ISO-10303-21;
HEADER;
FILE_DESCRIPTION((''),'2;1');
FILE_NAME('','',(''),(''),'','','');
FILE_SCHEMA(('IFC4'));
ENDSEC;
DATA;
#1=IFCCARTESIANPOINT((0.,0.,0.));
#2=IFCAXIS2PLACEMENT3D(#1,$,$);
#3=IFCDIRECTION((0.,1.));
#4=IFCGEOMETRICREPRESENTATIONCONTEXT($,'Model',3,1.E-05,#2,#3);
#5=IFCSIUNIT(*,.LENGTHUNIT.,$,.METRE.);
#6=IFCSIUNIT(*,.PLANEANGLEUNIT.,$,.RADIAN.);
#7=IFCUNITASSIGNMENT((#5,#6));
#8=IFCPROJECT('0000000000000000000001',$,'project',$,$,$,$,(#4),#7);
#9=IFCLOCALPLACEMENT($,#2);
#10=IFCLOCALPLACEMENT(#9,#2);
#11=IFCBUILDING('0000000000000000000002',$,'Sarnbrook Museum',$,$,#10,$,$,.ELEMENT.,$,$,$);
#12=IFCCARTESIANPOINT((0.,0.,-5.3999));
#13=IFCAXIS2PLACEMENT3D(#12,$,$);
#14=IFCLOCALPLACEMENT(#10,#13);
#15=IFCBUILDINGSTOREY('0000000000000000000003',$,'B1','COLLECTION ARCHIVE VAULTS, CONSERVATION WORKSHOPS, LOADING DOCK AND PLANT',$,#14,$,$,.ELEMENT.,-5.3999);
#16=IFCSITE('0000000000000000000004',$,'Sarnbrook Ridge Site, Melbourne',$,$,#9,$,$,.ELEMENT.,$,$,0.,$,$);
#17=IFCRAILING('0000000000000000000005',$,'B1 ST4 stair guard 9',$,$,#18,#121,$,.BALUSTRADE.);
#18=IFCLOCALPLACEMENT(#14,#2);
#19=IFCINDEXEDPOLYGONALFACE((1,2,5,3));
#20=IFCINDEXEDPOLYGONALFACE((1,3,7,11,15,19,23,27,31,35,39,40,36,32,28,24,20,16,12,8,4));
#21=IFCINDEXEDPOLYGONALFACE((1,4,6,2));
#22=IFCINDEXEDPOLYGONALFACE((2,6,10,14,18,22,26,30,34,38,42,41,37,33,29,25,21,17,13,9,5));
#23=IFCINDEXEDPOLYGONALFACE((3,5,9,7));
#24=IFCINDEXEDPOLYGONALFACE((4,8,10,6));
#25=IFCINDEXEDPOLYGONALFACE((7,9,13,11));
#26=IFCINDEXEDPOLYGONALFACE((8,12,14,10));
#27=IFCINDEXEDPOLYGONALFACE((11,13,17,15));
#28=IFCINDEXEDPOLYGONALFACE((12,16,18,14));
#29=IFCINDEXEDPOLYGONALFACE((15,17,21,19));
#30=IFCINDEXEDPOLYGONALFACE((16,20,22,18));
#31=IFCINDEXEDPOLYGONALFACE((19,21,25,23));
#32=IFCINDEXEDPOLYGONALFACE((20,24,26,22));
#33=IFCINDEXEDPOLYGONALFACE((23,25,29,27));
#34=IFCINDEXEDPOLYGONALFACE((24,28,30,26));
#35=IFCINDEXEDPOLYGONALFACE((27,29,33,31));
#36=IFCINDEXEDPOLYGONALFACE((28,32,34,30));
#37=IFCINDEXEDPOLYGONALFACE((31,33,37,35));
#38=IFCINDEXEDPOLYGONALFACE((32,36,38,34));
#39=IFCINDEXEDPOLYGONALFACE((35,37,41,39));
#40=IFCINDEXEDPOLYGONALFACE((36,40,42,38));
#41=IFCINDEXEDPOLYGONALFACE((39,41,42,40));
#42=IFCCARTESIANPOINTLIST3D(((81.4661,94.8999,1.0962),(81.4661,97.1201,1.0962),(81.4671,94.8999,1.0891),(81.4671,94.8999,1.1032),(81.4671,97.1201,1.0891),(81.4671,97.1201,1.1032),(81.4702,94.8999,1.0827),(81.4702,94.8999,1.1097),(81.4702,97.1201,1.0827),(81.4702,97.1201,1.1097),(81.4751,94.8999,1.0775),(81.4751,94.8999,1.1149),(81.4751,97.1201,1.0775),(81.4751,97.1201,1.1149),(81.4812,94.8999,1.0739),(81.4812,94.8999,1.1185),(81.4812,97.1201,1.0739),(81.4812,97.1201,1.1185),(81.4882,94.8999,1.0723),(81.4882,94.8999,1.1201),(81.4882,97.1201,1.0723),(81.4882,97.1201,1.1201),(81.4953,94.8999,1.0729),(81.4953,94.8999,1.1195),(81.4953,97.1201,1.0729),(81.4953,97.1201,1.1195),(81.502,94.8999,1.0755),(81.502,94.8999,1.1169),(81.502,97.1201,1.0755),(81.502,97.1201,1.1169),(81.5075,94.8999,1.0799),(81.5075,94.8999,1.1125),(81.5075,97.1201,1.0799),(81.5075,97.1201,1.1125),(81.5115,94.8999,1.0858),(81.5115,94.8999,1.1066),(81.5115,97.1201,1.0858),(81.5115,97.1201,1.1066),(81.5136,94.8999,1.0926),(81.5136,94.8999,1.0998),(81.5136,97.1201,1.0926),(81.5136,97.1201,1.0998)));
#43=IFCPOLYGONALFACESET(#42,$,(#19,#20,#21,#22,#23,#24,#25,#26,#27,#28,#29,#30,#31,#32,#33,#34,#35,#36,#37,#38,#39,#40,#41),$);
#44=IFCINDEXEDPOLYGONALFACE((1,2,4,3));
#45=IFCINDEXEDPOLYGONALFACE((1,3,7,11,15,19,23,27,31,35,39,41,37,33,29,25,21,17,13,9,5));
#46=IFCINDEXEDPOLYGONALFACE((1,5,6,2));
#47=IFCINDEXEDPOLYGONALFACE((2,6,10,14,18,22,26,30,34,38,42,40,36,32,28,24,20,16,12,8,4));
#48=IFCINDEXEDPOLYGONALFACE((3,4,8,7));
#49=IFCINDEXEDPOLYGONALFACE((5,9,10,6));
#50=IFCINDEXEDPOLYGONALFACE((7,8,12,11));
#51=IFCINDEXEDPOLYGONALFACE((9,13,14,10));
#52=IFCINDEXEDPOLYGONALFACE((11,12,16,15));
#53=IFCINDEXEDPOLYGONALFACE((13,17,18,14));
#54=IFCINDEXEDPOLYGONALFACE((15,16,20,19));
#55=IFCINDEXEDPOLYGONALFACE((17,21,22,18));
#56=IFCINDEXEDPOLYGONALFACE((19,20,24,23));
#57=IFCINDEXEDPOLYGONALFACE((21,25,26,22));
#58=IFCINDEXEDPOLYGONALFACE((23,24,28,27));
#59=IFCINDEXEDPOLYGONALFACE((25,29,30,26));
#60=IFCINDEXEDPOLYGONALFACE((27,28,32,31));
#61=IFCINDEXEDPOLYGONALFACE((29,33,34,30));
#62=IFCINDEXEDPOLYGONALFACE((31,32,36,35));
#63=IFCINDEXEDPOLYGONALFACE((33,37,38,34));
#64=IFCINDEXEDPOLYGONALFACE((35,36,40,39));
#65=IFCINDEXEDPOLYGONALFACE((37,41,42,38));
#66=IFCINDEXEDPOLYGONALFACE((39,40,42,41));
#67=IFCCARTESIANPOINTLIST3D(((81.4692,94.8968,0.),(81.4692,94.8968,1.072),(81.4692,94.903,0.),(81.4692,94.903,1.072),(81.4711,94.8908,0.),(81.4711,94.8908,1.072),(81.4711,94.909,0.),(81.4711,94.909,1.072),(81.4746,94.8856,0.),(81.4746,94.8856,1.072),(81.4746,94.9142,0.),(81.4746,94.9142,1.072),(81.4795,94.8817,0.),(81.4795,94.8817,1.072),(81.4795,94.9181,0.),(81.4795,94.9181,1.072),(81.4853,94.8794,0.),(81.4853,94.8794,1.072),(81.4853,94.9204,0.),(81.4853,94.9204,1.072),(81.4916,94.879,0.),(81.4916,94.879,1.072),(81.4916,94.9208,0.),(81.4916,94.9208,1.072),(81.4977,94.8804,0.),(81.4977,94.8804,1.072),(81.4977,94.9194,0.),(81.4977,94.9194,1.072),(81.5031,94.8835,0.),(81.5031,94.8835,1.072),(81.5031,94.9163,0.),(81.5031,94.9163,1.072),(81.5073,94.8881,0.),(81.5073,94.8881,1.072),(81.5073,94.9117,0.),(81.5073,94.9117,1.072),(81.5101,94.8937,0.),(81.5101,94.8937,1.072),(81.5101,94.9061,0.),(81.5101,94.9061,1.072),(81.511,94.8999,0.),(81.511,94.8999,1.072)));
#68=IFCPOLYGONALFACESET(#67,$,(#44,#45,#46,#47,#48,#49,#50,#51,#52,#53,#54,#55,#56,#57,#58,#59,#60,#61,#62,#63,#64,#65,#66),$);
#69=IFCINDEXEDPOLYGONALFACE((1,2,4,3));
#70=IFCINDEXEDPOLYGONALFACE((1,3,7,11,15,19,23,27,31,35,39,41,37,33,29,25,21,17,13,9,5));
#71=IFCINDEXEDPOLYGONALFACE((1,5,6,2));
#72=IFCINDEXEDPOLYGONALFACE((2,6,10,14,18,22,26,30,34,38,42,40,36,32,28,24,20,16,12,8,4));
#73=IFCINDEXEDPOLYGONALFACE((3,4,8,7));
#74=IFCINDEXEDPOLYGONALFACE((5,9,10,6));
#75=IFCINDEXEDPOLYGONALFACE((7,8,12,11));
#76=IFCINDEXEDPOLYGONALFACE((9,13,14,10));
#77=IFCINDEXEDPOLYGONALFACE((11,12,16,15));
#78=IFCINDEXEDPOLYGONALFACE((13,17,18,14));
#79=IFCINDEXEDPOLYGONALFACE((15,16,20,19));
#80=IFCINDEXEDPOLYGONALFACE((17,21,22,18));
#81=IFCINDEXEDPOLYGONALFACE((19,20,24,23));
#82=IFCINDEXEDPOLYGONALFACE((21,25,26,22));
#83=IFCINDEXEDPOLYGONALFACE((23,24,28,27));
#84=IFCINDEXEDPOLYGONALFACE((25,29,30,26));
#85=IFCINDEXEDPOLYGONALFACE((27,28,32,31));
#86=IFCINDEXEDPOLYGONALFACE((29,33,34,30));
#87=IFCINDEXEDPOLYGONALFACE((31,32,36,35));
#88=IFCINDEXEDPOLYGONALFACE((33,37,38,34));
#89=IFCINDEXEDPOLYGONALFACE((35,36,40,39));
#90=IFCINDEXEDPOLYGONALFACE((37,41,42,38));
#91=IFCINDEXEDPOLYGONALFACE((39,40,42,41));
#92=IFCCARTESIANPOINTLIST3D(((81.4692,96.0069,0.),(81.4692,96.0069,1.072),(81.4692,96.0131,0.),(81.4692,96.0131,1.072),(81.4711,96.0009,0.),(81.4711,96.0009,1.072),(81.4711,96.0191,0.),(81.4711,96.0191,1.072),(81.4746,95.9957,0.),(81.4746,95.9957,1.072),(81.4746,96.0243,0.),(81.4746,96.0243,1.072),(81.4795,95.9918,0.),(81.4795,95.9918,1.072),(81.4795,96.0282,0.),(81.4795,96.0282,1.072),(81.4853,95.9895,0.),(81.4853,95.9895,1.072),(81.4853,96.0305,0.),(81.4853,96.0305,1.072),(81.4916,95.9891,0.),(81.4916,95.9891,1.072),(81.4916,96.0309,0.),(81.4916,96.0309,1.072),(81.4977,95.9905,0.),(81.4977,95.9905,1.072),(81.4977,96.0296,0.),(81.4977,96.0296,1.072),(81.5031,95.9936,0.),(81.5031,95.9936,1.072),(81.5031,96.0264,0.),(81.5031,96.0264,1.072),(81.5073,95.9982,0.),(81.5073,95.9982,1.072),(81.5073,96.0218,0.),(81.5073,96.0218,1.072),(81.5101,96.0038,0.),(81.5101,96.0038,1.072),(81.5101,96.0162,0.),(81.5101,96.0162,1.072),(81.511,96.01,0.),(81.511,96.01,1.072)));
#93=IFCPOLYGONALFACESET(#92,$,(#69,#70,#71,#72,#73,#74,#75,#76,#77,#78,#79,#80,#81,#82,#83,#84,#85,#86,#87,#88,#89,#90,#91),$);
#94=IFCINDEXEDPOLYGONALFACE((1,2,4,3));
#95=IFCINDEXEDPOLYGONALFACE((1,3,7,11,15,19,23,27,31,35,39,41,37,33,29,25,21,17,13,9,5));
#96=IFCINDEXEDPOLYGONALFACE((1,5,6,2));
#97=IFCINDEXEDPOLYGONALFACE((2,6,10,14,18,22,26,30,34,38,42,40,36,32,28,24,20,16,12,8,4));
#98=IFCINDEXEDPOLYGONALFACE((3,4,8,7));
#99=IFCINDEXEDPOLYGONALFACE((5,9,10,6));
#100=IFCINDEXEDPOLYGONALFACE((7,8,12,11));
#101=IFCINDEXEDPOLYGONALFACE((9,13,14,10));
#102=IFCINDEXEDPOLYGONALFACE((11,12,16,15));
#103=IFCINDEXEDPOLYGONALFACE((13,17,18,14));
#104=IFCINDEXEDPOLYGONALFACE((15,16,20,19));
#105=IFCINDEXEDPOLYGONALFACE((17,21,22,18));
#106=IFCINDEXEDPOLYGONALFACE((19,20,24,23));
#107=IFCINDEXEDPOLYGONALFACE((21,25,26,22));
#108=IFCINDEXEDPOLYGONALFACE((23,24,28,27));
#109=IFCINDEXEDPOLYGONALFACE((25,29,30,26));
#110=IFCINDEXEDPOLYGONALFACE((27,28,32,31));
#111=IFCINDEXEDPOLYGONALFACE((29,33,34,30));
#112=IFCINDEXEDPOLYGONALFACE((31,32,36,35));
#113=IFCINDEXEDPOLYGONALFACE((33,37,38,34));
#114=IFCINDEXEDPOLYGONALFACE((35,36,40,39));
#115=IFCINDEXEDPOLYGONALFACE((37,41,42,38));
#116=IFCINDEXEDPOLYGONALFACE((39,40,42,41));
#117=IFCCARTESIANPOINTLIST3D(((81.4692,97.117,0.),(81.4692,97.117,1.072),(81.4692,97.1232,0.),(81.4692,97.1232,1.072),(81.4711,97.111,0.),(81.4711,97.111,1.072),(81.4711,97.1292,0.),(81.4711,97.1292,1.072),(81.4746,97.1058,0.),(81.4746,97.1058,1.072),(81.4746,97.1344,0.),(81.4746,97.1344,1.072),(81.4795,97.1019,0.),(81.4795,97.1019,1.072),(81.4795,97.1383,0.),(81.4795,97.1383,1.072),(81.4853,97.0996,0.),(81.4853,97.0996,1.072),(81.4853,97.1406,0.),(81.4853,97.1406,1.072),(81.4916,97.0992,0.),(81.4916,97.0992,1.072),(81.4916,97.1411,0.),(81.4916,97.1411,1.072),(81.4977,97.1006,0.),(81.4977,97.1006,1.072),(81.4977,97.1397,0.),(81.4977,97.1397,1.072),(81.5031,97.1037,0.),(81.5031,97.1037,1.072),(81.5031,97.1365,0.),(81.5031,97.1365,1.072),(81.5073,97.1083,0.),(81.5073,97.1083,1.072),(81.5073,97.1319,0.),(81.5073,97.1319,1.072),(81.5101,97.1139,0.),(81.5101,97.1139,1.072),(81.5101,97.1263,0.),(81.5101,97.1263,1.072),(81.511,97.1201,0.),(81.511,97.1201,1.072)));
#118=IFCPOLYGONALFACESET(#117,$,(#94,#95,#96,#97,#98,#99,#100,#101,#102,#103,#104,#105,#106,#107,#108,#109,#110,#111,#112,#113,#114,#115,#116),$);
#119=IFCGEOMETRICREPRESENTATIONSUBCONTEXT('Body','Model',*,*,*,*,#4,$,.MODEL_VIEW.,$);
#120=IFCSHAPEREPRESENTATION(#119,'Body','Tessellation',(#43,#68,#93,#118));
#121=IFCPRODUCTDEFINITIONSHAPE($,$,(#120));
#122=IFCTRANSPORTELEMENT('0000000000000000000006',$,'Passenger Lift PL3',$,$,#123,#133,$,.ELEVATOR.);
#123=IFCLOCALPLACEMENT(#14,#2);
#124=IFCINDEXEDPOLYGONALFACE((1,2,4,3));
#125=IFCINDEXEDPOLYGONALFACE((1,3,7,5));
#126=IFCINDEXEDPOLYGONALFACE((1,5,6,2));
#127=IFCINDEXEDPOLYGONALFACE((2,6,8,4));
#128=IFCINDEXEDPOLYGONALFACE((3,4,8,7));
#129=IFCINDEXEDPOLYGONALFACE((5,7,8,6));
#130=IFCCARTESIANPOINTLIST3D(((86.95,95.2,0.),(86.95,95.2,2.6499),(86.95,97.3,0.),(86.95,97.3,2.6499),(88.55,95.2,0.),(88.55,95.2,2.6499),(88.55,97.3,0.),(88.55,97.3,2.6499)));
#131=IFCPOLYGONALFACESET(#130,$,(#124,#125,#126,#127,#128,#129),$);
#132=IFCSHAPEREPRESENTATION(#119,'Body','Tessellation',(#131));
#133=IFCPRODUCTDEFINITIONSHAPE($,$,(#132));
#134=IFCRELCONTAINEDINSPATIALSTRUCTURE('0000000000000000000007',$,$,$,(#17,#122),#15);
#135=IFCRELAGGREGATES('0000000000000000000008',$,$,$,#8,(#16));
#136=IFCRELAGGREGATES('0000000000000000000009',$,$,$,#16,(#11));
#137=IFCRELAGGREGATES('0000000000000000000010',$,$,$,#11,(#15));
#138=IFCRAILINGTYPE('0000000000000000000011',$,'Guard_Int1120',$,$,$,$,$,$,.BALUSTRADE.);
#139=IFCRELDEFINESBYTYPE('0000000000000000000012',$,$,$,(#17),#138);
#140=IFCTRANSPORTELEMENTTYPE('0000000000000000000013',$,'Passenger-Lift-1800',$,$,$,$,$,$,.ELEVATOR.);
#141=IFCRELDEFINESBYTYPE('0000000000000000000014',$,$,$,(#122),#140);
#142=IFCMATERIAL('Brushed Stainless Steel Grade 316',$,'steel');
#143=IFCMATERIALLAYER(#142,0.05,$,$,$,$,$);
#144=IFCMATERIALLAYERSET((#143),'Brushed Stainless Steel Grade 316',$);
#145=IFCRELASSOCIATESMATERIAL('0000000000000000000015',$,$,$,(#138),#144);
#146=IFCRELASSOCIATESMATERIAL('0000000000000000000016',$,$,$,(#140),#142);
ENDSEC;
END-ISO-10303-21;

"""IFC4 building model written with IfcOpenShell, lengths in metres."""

from ifc_helpers import new_model, si_unit, direction, frame, origin, origin_2d, place, context, subcontext, project, spatial, rectangle, circle, extrude, material, layer, layer_set, type_object, element, save


model = new_model("IFC4")

# Units and contexts
model_context = context("Model", 3, precision=1e-05, world=origin(), true_north=direction((0.0, 1.0)))
body_context = subcontext(model_context, "Body", "Model", "MODEL_VIEW")
ifc_project = project(units=[si_unit("LENGTHUNIT", "METRE"), si_unit("PLANEANGLEUNIT", "RADIAN")], contexts=[model_context])

# Site, building, storey
site_placement = place(None, origin())
site = spatial("IfcSite", under=ifc_project, at=site_placement, Name="Sarnbrook Ridge Site, Melbourne", CompositionType="ELEMENT", RefElevation=0.0)
building_placement = place(site_placement, origin())
building = spatial("IfcBuilding", under=site, at=building_placement, Name="Sarnbrook Museum", CompositionType="ELEMENT")
storey_placement = place(building_placement, frame((0.0, 0.0, -5.3999)))
storey = spatial("IfcBuildingStorey", under=building, at=storey_placement, Name="B1", Description="COLLECTION ARCHIVE VAULTS, CONSERVATION WORKSHOPS, LOADING DOCK AND PLANT", CompositionType="ELEMENT", Elevation=-5.3999)

# Shared definitions
ifc_material_1 = material(Name="Brushed Stainless Steel Grade 316", Category="steel")

# Railing
ifc_layer_1 = layer(ifc_material_1, 0.05)
ifc_layer_set_1 = layer_set([ifc_layer_1], Name="Brushed Stainless Steel Grade 316")
railing_type_1 = type_object("IfcRailingType", Name="Guard_Int1120", PredefinedType="BALUSTRADE", material=ifc_layer_set_1)
for number, where, name in (
    (1, (81.49, 94.8999, 0.0), "B1 ST4 stair guard 9"),
):
    element("IfcRailing", number, at=place(storey_placement, frame(where)), inside=storey, type_object=railing_type_1, Name=name, PredefinedType="BALUSTRADE", context=body_context, shape_type="SweptSolid", body=[
        extrude(circle(Radius=0.0239, at=origin_2d()), frame((0.0, 0.0, 1.0962), z_axis=(0.0, 1.0, 0.0), x_axis=(-1.0, 0.0, 0.0)), (0.0, 0.0, 1.0), 2.2202),
        extrude(circle(Radius=0.021, at=origin_2d()), origin(), (0.0, 0.0, 1.0), 1.072),
        extrude(circle(Radius=0.021, at=origin_2d()), frame((0.0, 1.1101, 0.0)), (0.0, 0.0, 1.0), 1.072),
        extrude(circle(Radius=0.021, at=origin_2d()), frame((0.0, 2.2202, 0.0)), (0.0, 0.0, 1.0), 1.072),
    ])

# Transport element
transport_element_type = type_object("IfcTransportElementType", Name="Passenger-Lift-1800", PredefinedType="ELEVATOR", material=ifc_material_1)
transport_element_placement = place(storey_placement, frame((87.75, 96.25, 0.0), z_axis=(0.0, 0.0, 1.0), x_axis=(1.0, 0.0, 0.0)))
element("IfcTransportElement", 2, at=transport_element_placement, inside=storey, type_object=transport_element_type, Name="Passenger Lift PL3", PredefinedType="ELEVATOR", context=body_context, shape_type="SweptSolid", body=[
    extrude(rectangle(XDim=1.6001, YDim=2.1001, at=origin_2d()), origin(), (0.0, 0.0, 1.0), 2.6499),
])

save(model, "model.ifc")
